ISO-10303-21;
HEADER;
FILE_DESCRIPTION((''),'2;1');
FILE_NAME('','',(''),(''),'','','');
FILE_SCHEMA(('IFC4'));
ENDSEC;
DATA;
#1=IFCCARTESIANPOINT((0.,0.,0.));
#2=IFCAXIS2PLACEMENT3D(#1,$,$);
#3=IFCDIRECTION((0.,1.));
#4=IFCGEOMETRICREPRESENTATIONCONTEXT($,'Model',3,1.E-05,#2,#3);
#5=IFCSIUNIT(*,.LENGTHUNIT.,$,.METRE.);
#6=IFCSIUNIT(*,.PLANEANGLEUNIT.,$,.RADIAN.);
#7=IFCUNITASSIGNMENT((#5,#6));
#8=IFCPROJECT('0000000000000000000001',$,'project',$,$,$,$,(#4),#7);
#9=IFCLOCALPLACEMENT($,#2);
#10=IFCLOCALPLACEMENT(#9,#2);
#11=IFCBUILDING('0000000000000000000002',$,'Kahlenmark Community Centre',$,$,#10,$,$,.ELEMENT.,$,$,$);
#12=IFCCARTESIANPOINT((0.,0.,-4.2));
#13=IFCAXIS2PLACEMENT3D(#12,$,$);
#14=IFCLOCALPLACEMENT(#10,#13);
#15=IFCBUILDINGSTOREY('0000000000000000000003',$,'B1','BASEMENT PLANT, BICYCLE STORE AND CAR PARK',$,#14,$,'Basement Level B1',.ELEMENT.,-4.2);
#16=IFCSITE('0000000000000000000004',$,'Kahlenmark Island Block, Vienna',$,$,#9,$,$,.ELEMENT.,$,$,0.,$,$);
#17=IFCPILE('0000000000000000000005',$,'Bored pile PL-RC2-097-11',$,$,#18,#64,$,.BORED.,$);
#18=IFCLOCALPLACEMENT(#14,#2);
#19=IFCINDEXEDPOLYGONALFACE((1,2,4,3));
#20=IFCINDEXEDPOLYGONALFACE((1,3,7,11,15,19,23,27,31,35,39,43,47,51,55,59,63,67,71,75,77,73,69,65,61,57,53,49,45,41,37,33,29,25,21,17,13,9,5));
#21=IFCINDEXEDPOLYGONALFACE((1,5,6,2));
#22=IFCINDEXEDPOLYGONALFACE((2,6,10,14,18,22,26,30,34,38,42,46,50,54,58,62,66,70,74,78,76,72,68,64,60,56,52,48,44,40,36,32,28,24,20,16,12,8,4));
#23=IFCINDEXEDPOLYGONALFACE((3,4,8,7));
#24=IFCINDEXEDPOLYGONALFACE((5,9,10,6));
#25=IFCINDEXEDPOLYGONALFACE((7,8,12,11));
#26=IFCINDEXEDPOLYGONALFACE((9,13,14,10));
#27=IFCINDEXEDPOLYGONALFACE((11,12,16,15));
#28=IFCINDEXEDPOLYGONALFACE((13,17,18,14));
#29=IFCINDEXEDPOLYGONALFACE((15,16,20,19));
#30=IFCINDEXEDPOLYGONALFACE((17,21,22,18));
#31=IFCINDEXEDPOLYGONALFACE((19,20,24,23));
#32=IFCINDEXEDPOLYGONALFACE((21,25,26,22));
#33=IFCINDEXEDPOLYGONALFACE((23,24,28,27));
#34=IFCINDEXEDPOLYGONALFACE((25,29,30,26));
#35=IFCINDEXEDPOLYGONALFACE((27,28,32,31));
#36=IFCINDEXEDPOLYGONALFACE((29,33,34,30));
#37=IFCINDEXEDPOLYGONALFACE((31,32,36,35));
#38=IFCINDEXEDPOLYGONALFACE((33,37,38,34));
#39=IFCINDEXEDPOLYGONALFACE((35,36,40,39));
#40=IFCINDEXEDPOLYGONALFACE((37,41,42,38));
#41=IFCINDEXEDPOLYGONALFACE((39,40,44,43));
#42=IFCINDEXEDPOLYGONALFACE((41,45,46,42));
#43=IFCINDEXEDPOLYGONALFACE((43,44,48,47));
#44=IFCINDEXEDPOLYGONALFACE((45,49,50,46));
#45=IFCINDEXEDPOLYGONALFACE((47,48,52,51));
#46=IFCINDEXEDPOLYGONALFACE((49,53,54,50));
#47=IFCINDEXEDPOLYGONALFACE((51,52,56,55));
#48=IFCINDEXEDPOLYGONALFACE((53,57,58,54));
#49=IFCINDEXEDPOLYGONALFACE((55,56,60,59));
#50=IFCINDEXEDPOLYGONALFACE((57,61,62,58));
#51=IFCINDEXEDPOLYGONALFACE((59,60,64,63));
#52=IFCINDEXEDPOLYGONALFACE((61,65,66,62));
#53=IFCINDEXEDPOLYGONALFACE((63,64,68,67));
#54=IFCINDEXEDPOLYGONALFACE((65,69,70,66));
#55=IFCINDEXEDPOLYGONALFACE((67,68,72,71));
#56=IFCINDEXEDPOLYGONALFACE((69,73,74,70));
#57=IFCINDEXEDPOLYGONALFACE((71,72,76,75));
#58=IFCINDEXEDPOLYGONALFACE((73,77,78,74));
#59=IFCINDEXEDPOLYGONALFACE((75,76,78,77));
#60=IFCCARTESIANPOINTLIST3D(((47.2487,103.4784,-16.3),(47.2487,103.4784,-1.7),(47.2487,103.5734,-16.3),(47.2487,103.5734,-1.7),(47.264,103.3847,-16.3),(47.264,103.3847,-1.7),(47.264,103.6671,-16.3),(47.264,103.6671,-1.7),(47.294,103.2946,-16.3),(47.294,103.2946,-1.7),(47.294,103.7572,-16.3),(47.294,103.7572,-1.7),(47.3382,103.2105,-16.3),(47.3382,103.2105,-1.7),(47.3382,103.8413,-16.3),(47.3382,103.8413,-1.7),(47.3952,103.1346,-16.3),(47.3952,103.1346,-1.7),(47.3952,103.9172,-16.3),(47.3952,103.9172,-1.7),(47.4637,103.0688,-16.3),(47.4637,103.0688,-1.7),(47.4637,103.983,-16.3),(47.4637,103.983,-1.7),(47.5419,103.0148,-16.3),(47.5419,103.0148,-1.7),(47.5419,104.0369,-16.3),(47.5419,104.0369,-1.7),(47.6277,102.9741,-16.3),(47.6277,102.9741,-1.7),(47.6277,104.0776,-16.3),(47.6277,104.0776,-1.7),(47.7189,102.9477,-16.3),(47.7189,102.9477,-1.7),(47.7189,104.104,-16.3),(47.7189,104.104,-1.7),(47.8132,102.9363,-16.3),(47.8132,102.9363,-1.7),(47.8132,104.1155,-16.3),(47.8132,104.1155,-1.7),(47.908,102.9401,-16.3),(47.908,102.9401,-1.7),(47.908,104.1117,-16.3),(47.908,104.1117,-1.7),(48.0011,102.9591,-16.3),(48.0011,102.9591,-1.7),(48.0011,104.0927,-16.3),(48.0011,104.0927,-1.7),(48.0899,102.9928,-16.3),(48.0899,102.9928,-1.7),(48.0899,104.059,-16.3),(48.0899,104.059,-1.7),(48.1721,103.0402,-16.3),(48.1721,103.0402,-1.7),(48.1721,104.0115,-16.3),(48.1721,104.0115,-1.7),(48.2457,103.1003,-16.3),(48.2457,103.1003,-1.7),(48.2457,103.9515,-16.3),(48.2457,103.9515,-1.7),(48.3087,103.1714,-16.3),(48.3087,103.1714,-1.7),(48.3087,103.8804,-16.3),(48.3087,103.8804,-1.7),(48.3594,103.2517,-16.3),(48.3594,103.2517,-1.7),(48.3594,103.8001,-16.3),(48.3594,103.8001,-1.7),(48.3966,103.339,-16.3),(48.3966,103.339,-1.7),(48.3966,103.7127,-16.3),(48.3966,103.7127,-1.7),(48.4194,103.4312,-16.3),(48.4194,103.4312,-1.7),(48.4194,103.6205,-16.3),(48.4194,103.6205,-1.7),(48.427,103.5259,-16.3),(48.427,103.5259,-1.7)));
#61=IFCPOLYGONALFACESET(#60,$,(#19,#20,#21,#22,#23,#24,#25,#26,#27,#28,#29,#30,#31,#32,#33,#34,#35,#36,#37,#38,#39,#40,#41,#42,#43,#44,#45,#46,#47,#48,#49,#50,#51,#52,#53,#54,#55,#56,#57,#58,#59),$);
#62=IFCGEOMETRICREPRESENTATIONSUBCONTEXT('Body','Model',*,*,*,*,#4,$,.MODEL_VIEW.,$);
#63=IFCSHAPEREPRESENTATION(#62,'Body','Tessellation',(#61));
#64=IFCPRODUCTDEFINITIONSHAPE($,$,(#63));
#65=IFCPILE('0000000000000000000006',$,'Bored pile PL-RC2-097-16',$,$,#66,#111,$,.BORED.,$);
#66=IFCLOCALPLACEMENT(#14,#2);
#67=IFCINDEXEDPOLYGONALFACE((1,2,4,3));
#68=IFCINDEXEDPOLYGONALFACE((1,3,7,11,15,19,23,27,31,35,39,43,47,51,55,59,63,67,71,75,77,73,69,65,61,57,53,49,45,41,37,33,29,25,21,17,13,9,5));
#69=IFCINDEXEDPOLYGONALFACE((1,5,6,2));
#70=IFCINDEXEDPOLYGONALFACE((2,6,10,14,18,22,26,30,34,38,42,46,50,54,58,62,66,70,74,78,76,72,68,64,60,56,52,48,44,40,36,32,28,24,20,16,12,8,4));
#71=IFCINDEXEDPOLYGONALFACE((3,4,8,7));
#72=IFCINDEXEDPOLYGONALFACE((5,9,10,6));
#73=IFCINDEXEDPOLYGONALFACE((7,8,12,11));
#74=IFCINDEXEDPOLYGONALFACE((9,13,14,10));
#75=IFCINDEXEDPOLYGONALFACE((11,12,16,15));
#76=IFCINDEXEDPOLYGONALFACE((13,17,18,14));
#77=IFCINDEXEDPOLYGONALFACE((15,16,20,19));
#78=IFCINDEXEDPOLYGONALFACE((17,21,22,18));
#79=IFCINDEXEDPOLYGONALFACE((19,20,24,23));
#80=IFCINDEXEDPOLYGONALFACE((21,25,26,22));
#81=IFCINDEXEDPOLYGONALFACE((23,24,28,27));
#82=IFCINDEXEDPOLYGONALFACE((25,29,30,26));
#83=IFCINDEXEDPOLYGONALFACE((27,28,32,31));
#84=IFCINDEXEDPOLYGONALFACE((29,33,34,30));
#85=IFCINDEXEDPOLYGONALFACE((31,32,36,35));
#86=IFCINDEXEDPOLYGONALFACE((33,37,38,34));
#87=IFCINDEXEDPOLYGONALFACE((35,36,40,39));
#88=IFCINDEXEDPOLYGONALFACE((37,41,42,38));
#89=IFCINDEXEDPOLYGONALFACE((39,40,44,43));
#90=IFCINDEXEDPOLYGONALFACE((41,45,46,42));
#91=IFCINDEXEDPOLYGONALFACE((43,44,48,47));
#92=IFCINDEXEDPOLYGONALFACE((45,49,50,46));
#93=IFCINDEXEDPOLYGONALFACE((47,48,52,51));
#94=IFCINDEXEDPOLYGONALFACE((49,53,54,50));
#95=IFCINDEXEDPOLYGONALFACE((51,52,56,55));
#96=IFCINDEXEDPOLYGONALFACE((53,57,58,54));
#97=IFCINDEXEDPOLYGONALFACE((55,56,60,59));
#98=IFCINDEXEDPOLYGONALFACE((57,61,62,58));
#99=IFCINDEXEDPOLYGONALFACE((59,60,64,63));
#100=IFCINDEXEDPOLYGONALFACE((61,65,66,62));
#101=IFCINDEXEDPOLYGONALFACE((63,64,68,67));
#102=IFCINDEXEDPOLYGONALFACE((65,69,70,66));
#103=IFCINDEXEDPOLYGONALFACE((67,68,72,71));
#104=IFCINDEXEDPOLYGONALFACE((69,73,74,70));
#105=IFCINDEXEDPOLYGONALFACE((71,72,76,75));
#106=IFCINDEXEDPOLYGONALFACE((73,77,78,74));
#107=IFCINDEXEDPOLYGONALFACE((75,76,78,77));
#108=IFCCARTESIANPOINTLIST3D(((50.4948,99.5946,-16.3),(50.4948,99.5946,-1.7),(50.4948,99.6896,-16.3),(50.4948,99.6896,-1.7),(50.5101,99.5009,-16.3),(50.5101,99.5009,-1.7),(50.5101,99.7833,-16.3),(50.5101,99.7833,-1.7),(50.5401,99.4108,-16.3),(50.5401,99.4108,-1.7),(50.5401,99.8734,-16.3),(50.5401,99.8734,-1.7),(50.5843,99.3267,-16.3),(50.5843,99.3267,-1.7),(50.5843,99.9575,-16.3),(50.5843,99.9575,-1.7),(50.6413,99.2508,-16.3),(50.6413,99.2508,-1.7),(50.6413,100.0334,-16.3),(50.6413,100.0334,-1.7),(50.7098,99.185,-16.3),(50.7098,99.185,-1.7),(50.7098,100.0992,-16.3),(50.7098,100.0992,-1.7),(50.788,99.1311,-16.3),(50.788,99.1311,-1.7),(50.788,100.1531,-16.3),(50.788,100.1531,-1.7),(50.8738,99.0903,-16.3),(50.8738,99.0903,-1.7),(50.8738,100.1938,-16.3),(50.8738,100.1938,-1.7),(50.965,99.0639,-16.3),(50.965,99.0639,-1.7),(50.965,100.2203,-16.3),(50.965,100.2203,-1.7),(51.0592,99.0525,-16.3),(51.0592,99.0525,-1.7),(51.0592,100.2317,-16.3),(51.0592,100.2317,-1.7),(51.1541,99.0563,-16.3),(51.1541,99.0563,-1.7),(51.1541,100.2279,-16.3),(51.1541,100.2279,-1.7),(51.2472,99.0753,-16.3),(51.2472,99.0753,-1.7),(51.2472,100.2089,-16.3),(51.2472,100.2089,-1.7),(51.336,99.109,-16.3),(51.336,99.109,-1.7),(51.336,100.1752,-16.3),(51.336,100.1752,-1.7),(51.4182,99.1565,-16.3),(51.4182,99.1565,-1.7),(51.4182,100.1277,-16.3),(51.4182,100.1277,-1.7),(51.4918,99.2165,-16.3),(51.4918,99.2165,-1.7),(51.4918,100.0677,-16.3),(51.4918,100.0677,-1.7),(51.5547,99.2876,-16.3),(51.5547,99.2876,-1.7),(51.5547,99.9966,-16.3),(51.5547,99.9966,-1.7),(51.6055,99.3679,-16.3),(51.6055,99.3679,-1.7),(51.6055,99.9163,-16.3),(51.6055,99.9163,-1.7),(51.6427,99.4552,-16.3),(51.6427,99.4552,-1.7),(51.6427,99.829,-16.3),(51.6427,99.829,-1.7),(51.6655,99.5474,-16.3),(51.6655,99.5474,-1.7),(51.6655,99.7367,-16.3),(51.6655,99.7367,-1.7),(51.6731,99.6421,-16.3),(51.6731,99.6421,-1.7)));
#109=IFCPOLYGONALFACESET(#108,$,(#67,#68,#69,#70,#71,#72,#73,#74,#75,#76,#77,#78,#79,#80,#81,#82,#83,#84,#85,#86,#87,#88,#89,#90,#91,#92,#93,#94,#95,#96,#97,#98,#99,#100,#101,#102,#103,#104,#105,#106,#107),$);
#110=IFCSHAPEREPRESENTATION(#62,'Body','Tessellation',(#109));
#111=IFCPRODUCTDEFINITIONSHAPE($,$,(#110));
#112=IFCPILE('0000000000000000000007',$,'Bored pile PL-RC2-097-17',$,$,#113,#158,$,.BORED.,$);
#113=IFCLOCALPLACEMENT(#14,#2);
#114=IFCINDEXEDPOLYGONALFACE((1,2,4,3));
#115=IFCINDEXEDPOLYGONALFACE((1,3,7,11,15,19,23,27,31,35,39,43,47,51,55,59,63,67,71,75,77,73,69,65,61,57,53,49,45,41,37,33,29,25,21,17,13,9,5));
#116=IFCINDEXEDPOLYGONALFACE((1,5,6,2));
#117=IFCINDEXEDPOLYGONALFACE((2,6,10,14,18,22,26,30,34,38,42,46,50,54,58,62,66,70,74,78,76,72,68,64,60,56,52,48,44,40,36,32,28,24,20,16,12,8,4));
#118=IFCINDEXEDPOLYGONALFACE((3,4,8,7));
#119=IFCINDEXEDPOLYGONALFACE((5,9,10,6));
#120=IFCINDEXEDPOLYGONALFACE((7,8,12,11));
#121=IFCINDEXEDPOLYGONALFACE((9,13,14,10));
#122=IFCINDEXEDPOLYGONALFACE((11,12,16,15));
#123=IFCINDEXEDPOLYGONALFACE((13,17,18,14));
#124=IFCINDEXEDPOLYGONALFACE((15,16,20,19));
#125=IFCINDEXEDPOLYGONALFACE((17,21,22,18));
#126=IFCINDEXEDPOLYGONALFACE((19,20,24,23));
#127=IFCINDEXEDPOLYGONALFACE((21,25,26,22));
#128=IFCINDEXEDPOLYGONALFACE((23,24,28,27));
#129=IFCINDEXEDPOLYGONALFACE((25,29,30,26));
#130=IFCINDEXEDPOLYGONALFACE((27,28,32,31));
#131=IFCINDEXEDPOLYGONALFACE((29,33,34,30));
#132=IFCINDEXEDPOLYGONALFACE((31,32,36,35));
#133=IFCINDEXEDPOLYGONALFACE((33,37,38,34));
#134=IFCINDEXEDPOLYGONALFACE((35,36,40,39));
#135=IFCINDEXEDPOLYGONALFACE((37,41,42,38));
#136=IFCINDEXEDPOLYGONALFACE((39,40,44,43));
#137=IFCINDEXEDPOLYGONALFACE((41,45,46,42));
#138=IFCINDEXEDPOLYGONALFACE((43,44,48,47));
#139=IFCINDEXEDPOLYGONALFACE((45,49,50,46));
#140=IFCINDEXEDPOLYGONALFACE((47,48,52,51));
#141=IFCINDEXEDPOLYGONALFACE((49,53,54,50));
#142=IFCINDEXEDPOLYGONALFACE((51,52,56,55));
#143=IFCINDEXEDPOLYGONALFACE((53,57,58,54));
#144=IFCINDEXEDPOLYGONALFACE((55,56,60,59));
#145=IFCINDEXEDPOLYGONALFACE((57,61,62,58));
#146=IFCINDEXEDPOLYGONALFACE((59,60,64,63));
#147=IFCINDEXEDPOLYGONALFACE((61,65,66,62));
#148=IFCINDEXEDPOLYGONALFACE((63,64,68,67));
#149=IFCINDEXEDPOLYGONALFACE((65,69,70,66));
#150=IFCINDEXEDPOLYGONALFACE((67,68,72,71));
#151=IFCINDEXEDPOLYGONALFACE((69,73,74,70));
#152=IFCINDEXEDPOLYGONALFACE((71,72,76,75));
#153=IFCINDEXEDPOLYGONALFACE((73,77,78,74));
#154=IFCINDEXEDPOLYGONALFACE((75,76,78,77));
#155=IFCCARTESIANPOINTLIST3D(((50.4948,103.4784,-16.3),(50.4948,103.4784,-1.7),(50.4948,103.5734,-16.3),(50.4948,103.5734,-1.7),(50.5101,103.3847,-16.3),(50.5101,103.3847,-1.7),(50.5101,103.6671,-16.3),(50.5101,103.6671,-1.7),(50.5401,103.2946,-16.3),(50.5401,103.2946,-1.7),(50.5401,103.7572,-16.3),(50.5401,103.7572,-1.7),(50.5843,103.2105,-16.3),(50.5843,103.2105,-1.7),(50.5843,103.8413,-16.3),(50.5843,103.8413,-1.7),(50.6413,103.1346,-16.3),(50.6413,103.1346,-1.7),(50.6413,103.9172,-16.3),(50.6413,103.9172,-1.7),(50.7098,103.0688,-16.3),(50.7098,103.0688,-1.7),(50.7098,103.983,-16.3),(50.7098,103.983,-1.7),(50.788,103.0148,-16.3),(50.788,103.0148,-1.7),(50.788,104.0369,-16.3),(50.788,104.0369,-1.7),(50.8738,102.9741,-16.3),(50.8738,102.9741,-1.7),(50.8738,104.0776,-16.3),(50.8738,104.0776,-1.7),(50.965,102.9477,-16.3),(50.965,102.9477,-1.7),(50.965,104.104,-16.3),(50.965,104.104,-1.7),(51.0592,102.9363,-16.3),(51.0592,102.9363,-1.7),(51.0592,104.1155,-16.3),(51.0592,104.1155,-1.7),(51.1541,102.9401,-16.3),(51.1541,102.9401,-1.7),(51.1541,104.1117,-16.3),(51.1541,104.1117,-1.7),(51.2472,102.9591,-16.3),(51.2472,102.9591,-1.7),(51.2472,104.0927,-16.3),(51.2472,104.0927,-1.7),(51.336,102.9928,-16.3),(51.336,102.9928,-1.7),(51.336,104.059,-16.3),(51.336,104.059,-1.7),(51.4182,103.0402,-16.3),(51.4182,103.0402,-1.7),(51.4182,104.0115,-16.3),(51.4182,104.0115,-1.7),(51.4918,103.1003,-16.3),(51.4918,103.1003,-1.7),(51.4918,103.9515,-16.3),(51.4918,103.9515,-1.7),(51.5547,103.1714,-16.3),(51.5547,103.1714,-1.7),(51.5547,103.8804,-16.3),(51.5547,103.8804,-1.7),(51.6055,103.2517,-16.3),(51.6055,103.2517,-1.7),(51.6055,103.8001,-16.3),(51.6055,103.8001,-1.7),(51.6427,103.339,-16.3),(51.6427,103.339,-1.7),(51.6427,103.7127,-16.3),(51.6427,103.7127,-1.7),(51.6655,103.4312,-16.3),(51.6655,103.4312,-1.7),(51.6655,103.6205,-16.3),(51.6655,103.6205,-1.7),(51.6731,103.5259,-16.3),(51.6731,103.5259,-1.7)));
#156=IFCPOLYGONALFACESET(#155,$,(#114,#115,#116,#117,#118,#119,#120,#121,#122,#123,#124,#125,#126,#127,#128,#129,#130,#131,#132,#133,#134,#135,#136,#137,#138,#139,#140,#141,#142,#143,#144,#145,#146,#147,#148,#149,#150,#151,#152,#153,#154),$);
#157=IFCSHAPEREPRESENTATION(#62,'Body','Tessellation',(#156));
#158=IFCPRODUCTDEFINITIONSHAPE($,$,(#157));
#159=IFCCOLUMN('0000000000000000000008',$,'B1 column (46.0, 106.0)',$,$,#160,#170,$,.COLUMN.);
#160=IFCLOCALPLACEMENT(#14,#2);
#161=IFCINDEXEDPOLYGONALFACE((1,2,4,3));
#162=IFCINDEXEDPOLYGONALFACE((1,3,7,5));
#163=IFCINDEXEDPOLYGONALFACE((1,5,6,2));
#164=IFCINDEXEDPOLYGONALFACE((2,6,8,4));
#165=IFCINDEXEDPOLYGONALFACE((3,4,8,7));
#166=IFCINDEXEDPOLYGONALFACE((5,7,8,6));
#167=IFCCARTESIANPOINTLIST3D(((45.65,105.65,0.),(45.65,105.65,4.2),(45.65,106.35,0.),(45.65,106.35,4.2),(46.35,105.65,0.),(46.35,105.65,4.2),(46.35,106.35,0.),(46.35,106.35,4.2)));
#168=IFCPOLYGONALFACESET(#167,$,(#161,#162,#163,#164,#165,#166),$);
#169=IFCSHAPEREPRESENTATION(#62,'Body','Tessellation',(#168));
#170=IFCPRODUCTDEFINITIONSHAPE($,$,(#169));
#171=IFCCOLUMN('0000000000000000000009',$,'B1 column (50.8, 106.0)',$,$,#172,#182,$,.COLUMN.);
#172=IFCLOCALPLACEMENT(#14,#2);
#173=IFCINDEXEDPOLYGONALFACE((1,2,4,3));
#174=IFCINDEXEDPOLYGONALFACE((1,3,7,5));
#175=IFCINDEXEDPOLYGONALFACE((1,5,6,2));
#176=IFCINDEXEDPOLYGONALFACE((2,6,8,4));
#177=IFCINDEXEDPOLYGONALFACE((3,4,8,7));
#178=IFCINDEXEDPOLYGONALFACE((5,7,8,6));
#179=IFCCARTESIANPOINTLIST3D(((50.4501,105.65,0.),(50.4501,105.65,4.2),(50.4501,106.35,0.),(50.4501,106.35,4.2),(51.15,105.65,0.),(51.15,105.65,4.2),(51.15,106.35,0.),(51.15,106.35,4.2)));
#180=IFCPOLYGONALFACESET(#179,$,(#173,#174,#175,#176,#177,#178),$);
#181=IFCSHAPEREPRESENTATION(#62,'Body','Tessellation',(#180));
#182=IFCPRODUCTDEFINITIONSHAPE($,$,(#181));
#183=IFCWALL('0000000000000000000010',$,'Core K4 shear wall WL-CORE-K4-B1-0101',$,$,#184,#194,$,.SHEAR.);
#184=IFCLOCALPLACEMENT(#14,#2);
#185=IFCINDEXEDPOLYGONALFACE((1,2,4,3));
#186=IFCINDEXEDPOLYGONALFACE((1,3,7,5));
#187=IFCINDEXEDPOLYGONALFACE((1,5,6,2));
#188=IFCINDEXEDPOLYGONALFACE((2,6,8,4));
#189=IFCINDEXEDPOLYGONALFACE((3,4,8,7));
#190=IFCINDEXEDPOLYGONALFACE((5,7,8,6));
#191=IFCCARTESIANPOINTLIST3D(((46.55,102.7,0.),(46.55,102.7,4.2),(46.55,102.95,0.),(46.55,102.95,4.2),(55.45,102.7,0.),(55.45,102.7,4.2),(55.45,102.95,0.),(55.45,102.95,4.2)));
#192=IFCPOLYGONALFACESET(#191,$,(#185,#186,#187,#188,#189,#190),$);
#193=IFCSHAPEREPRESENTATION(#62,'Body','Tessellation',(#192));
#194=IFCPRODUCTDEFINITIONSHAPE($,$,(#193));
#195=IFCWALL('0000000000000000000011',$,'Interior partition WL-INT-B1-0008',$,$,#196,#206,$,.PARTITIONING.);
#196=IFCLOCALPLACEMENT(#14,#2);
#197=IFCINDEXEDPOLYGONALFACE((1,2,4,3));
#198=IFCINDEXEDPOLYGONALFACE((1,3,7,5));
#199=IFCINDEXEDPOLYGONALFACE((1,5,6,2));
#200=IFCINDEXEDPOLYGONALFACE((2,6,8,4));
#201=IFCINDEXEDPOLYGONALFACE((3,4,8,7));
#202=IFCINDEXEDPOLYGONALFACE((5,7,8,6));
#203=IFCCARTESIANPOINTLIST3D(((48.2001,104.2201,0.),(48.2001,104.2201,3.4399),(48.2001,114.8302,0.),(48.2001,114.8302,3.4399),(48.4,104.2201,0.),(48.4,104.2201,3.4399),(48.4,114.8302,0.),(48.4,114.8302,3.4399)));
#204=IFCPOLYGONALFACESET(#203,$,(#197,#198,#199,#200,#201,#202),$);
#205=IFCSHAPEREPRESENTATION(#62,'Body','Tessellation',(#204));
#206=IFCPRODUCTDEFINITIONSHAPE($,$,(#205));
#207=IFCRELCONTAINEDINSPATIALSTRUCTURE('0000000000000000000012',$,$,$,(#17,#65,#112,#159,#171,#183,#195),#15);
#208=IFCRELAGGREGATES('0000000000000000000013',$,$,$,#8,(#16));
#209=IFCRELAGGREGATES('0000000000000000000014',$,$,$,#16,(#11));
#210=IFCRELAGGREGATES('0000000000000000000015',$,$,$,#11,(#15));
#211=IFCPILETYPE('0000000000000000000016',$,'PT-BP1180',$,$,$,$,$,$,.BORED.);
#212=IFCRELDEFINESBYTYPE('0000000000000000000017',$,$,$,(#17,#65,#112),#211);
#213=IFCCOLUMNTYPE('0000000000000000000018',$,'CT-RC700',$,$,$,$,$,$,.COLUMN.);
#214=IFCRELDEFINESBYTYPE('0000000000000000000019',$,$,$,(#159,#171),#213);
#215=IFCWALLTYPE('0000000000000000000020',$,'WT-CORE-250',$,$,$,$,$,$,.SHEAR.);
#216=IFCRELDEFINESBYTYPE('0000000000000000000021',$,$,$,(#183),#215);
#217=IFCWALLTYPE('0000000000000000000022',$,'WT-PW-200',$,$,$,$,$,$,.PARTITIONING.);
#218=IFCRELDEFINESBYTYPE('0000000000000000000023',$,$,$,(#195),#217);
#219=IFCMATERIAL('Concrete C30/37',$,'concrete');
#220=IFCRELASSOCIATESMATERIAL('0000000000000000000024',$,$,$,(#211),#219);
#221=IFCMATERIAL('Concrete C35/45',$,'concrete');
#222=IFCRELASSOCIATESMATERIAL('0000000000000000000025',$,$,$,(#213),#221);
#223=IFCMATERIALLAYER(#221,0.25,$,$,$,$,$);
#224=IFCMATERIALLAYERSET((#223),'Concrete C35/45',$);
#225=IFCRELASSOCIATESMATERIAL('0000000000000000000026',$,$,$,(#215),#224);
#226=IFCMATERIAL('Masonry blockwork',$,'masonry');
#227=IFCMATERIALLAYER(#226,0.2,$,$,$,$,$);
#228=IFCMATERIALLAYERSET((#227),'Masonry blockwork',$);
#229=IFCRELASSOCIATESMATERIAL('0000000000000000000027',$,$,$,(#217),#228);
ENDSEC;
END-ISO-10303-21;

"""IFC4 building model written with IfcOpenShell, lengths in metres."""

from ifc_helpers import new_model, si_unit, direction, frame, frame_2d, origin, origin_2d, place, context, subcontext, project, spatial, rectangle, circle, extrude, material, layer, layer_set, material_profile, profile_set, type_object, element, save


model = new_model("IFC4")

# Units and contexts
model_context = context("Model", 3, precision=1e-05, world=origin(), true_north=direction((0.0, 1.0)))
body_context = subcontext(model_context, "Body", "Model", "MODEL_VIEW")
ifc_project = project(units=[si_unit("LENGTHUNIT", "METRE"), si_unit("PLANEANGLEUNIT", "RADIAN")], contexts=[model_context])

# Site, building, storey
site_placement = place(None, origin())
site = spatial("IfcSite", under=ifc_project, at=site_placement, Name="Kahlenmark Island Block, Vienna", CompositionType="ELEMENT", RefElevation=0.0)
building_placement = place(site_placement, origin())
building = spatial("IfcBuilding", under=site, at=building_placement, Name="Kahlenmark Community Centre", CompositionType="ELEMENT")
storey_placement = place(building_placement, frame((0.0, 0.0, -4.2)))
storey = spatial("IfcBuildingStorey", under=building, at=storey_placement, Name="B1", Description="BASEMENT PLANT, BICYCLE STORE AND CAR PARK", LongName="Basement Level B1", CompositionType="ELEMENT", Elevation=-4.2)

# Shared definitions
ifc_material_1 = material(Name="Concrete C30/37", Category="concrete")

# Piles
ifc_material_profile_1 = material_profile(ifc_material_1, circle(Radius=0.5901, at=origin_2d()), Name="BORED PILE 1180")
ifc_profile_set_1 = profile_set([ifc_material_profile_1], Name="Concrete C30/37")
pile_type = type_object("IfcPileType", Name="PT-BP1180", PredefinedType="BORED", material=ifc_profile_set_1)
for number, where, z_axis, x_axis, name in (
    (1, (47.8369, 103.5259, -1.7), (0.0, 0.0, -1.0), (1.0, 0.0, 0.0), "Bored pile PL-RC2-097-11"),
    (2, (51.083, 99.6421, -1.7), (0.0, 0.0, -1.0), (1.0, 0.0, 0.0), "Bored pile PL-RC2-097-16"),
    (3, (51.083, 103.5259, -1.7), (0.0, 0.0, -1.0), (1.0, 0.0, 0.0), "Bored pile PL-RC2-097-17"),
):
    element("IfcPile", number, at=place(storey_placement, frame(where, z_axis=z_axis, x_axis=x_axis)), inside=storey, type_object=pile_type, Name=name, PredefinedType="BORED", context=body_context, shape_type="SweptSolid", body=[
        extrude(circle(Radius=0.5901, at=origin_2d()), origin(), (0.0, 0.0, 1.0), 14.6001),
    ])

# Columns
ifc_material_2 = material(Name="Concrete C35/45", Category="concrete")
ifc_material_profile_2 = material_profile(ifc_material_2, rectangle(XDim=0.7, YDim=0.7, at=origin_2d()), Name="RC 700x700")
ifc_profile_set_2 = profile_set([ifc_material_profile_2], Name="Concrete C35/45")
column_type = type_object("IfcColumnType", Name="CT-RC700", PredefinedType="COLUMN", material=ifc_profile_set_2)
for number, where, z_axis, x_axis, name in (
    (4, (46.0, 106.0, 0.0), (0.0, 0.0, 1.0), (1.0, 0.0, 0.0), "B1 column (46.0, 106.0)"),
    (5, (50.8, 106.0, 0.0), (0.0, 0.0, 1.0), (1.0, 0.0, 0.0), "B1 column (50.8, 106.0)"),
):
    element("IfcColumn", number, at=place(storey_placement, frame(where, z_axis=z_axis, x_axis=x_axis)), inside=storey, type_object=column_type, Name=name, PredefinedType="COLUMN", context=body_context, shape_type="SweptSolid", body=[
        extrude(rectangle(XDim=0.7, YDim=0.7, at=origin_2d()), origin(), (0.0, 0.0, 1.0), 4.2),
    ])

# Shared definitions
ifc_layer_1 = layer(ifc_material_2, 0.25)
ifc_layer_set_1 = layer_set([ifc_layer_1], Name="Concrete C35/45")
wall_type_1 = type_object("IfcWallType", Name="WT-CORE-250", PredefinedType="SHEAR", material=ifc_layer_set_1)

# Wall
wall_1_placement = place(storey_placement, frame((46.55, 102.825, 0.0), z_axis=(0.0, 0.0, 1.0), x_axis=(1.0, 0.0, 0.0)))
element("IfcWall", 6, at=wall_1_placement, inside=storey, type_object=wall_type_1, Name="Core K4 shear wall WL-CORE-K4-B1-0101", PredefinedType="SHEAR", context=body_context, shape_type="SweptSolid", body=[
    extrude(rectangle(XDim=8.8999, YDim=0.25, at=frame_2d((4.45, 0.0))), origin(), (0.0, 0.0, 1.0), 4.2),
])

# Shared definitions
ifc_material_3 = material(Name="Masonry blockwork", Category="masonry")
ifc_layer_2 = layer(ifc_material_3, 0.2)
ifc_layer_set_2 = layer_set([ifc_layer_2], Name="Masonry blockwork")
wall_type_2 = type_object("IfcWallType", Name="WT-PW-200", PredefinedType="PARTITIONING", material=ifc_layer_set_2)

# Wall
wall_2_placement = place(storey_placement, frame((48.3, 104.22, 0.0), z_axis=(0.0, 0.0, 1.0), x_axis=(0.0, 1.0, 0.0)))
element("IfcWall", 7, at=wall_2_placement, inside=storey, type_object=wall_type_2, Name="Interior partition WL-INT-B1-0008", PredefinedType="PARTITIONING", context=body_context, shape_type="SweptSolid", body=[
    extrude(rectangle(XDim=10.6101, YDim=0.2, at=frame_2d((5.3052, 0.0))), origin(), (0.0, 0.0, 1.0), 3.4399),
])

save(model, "model.ifc")
